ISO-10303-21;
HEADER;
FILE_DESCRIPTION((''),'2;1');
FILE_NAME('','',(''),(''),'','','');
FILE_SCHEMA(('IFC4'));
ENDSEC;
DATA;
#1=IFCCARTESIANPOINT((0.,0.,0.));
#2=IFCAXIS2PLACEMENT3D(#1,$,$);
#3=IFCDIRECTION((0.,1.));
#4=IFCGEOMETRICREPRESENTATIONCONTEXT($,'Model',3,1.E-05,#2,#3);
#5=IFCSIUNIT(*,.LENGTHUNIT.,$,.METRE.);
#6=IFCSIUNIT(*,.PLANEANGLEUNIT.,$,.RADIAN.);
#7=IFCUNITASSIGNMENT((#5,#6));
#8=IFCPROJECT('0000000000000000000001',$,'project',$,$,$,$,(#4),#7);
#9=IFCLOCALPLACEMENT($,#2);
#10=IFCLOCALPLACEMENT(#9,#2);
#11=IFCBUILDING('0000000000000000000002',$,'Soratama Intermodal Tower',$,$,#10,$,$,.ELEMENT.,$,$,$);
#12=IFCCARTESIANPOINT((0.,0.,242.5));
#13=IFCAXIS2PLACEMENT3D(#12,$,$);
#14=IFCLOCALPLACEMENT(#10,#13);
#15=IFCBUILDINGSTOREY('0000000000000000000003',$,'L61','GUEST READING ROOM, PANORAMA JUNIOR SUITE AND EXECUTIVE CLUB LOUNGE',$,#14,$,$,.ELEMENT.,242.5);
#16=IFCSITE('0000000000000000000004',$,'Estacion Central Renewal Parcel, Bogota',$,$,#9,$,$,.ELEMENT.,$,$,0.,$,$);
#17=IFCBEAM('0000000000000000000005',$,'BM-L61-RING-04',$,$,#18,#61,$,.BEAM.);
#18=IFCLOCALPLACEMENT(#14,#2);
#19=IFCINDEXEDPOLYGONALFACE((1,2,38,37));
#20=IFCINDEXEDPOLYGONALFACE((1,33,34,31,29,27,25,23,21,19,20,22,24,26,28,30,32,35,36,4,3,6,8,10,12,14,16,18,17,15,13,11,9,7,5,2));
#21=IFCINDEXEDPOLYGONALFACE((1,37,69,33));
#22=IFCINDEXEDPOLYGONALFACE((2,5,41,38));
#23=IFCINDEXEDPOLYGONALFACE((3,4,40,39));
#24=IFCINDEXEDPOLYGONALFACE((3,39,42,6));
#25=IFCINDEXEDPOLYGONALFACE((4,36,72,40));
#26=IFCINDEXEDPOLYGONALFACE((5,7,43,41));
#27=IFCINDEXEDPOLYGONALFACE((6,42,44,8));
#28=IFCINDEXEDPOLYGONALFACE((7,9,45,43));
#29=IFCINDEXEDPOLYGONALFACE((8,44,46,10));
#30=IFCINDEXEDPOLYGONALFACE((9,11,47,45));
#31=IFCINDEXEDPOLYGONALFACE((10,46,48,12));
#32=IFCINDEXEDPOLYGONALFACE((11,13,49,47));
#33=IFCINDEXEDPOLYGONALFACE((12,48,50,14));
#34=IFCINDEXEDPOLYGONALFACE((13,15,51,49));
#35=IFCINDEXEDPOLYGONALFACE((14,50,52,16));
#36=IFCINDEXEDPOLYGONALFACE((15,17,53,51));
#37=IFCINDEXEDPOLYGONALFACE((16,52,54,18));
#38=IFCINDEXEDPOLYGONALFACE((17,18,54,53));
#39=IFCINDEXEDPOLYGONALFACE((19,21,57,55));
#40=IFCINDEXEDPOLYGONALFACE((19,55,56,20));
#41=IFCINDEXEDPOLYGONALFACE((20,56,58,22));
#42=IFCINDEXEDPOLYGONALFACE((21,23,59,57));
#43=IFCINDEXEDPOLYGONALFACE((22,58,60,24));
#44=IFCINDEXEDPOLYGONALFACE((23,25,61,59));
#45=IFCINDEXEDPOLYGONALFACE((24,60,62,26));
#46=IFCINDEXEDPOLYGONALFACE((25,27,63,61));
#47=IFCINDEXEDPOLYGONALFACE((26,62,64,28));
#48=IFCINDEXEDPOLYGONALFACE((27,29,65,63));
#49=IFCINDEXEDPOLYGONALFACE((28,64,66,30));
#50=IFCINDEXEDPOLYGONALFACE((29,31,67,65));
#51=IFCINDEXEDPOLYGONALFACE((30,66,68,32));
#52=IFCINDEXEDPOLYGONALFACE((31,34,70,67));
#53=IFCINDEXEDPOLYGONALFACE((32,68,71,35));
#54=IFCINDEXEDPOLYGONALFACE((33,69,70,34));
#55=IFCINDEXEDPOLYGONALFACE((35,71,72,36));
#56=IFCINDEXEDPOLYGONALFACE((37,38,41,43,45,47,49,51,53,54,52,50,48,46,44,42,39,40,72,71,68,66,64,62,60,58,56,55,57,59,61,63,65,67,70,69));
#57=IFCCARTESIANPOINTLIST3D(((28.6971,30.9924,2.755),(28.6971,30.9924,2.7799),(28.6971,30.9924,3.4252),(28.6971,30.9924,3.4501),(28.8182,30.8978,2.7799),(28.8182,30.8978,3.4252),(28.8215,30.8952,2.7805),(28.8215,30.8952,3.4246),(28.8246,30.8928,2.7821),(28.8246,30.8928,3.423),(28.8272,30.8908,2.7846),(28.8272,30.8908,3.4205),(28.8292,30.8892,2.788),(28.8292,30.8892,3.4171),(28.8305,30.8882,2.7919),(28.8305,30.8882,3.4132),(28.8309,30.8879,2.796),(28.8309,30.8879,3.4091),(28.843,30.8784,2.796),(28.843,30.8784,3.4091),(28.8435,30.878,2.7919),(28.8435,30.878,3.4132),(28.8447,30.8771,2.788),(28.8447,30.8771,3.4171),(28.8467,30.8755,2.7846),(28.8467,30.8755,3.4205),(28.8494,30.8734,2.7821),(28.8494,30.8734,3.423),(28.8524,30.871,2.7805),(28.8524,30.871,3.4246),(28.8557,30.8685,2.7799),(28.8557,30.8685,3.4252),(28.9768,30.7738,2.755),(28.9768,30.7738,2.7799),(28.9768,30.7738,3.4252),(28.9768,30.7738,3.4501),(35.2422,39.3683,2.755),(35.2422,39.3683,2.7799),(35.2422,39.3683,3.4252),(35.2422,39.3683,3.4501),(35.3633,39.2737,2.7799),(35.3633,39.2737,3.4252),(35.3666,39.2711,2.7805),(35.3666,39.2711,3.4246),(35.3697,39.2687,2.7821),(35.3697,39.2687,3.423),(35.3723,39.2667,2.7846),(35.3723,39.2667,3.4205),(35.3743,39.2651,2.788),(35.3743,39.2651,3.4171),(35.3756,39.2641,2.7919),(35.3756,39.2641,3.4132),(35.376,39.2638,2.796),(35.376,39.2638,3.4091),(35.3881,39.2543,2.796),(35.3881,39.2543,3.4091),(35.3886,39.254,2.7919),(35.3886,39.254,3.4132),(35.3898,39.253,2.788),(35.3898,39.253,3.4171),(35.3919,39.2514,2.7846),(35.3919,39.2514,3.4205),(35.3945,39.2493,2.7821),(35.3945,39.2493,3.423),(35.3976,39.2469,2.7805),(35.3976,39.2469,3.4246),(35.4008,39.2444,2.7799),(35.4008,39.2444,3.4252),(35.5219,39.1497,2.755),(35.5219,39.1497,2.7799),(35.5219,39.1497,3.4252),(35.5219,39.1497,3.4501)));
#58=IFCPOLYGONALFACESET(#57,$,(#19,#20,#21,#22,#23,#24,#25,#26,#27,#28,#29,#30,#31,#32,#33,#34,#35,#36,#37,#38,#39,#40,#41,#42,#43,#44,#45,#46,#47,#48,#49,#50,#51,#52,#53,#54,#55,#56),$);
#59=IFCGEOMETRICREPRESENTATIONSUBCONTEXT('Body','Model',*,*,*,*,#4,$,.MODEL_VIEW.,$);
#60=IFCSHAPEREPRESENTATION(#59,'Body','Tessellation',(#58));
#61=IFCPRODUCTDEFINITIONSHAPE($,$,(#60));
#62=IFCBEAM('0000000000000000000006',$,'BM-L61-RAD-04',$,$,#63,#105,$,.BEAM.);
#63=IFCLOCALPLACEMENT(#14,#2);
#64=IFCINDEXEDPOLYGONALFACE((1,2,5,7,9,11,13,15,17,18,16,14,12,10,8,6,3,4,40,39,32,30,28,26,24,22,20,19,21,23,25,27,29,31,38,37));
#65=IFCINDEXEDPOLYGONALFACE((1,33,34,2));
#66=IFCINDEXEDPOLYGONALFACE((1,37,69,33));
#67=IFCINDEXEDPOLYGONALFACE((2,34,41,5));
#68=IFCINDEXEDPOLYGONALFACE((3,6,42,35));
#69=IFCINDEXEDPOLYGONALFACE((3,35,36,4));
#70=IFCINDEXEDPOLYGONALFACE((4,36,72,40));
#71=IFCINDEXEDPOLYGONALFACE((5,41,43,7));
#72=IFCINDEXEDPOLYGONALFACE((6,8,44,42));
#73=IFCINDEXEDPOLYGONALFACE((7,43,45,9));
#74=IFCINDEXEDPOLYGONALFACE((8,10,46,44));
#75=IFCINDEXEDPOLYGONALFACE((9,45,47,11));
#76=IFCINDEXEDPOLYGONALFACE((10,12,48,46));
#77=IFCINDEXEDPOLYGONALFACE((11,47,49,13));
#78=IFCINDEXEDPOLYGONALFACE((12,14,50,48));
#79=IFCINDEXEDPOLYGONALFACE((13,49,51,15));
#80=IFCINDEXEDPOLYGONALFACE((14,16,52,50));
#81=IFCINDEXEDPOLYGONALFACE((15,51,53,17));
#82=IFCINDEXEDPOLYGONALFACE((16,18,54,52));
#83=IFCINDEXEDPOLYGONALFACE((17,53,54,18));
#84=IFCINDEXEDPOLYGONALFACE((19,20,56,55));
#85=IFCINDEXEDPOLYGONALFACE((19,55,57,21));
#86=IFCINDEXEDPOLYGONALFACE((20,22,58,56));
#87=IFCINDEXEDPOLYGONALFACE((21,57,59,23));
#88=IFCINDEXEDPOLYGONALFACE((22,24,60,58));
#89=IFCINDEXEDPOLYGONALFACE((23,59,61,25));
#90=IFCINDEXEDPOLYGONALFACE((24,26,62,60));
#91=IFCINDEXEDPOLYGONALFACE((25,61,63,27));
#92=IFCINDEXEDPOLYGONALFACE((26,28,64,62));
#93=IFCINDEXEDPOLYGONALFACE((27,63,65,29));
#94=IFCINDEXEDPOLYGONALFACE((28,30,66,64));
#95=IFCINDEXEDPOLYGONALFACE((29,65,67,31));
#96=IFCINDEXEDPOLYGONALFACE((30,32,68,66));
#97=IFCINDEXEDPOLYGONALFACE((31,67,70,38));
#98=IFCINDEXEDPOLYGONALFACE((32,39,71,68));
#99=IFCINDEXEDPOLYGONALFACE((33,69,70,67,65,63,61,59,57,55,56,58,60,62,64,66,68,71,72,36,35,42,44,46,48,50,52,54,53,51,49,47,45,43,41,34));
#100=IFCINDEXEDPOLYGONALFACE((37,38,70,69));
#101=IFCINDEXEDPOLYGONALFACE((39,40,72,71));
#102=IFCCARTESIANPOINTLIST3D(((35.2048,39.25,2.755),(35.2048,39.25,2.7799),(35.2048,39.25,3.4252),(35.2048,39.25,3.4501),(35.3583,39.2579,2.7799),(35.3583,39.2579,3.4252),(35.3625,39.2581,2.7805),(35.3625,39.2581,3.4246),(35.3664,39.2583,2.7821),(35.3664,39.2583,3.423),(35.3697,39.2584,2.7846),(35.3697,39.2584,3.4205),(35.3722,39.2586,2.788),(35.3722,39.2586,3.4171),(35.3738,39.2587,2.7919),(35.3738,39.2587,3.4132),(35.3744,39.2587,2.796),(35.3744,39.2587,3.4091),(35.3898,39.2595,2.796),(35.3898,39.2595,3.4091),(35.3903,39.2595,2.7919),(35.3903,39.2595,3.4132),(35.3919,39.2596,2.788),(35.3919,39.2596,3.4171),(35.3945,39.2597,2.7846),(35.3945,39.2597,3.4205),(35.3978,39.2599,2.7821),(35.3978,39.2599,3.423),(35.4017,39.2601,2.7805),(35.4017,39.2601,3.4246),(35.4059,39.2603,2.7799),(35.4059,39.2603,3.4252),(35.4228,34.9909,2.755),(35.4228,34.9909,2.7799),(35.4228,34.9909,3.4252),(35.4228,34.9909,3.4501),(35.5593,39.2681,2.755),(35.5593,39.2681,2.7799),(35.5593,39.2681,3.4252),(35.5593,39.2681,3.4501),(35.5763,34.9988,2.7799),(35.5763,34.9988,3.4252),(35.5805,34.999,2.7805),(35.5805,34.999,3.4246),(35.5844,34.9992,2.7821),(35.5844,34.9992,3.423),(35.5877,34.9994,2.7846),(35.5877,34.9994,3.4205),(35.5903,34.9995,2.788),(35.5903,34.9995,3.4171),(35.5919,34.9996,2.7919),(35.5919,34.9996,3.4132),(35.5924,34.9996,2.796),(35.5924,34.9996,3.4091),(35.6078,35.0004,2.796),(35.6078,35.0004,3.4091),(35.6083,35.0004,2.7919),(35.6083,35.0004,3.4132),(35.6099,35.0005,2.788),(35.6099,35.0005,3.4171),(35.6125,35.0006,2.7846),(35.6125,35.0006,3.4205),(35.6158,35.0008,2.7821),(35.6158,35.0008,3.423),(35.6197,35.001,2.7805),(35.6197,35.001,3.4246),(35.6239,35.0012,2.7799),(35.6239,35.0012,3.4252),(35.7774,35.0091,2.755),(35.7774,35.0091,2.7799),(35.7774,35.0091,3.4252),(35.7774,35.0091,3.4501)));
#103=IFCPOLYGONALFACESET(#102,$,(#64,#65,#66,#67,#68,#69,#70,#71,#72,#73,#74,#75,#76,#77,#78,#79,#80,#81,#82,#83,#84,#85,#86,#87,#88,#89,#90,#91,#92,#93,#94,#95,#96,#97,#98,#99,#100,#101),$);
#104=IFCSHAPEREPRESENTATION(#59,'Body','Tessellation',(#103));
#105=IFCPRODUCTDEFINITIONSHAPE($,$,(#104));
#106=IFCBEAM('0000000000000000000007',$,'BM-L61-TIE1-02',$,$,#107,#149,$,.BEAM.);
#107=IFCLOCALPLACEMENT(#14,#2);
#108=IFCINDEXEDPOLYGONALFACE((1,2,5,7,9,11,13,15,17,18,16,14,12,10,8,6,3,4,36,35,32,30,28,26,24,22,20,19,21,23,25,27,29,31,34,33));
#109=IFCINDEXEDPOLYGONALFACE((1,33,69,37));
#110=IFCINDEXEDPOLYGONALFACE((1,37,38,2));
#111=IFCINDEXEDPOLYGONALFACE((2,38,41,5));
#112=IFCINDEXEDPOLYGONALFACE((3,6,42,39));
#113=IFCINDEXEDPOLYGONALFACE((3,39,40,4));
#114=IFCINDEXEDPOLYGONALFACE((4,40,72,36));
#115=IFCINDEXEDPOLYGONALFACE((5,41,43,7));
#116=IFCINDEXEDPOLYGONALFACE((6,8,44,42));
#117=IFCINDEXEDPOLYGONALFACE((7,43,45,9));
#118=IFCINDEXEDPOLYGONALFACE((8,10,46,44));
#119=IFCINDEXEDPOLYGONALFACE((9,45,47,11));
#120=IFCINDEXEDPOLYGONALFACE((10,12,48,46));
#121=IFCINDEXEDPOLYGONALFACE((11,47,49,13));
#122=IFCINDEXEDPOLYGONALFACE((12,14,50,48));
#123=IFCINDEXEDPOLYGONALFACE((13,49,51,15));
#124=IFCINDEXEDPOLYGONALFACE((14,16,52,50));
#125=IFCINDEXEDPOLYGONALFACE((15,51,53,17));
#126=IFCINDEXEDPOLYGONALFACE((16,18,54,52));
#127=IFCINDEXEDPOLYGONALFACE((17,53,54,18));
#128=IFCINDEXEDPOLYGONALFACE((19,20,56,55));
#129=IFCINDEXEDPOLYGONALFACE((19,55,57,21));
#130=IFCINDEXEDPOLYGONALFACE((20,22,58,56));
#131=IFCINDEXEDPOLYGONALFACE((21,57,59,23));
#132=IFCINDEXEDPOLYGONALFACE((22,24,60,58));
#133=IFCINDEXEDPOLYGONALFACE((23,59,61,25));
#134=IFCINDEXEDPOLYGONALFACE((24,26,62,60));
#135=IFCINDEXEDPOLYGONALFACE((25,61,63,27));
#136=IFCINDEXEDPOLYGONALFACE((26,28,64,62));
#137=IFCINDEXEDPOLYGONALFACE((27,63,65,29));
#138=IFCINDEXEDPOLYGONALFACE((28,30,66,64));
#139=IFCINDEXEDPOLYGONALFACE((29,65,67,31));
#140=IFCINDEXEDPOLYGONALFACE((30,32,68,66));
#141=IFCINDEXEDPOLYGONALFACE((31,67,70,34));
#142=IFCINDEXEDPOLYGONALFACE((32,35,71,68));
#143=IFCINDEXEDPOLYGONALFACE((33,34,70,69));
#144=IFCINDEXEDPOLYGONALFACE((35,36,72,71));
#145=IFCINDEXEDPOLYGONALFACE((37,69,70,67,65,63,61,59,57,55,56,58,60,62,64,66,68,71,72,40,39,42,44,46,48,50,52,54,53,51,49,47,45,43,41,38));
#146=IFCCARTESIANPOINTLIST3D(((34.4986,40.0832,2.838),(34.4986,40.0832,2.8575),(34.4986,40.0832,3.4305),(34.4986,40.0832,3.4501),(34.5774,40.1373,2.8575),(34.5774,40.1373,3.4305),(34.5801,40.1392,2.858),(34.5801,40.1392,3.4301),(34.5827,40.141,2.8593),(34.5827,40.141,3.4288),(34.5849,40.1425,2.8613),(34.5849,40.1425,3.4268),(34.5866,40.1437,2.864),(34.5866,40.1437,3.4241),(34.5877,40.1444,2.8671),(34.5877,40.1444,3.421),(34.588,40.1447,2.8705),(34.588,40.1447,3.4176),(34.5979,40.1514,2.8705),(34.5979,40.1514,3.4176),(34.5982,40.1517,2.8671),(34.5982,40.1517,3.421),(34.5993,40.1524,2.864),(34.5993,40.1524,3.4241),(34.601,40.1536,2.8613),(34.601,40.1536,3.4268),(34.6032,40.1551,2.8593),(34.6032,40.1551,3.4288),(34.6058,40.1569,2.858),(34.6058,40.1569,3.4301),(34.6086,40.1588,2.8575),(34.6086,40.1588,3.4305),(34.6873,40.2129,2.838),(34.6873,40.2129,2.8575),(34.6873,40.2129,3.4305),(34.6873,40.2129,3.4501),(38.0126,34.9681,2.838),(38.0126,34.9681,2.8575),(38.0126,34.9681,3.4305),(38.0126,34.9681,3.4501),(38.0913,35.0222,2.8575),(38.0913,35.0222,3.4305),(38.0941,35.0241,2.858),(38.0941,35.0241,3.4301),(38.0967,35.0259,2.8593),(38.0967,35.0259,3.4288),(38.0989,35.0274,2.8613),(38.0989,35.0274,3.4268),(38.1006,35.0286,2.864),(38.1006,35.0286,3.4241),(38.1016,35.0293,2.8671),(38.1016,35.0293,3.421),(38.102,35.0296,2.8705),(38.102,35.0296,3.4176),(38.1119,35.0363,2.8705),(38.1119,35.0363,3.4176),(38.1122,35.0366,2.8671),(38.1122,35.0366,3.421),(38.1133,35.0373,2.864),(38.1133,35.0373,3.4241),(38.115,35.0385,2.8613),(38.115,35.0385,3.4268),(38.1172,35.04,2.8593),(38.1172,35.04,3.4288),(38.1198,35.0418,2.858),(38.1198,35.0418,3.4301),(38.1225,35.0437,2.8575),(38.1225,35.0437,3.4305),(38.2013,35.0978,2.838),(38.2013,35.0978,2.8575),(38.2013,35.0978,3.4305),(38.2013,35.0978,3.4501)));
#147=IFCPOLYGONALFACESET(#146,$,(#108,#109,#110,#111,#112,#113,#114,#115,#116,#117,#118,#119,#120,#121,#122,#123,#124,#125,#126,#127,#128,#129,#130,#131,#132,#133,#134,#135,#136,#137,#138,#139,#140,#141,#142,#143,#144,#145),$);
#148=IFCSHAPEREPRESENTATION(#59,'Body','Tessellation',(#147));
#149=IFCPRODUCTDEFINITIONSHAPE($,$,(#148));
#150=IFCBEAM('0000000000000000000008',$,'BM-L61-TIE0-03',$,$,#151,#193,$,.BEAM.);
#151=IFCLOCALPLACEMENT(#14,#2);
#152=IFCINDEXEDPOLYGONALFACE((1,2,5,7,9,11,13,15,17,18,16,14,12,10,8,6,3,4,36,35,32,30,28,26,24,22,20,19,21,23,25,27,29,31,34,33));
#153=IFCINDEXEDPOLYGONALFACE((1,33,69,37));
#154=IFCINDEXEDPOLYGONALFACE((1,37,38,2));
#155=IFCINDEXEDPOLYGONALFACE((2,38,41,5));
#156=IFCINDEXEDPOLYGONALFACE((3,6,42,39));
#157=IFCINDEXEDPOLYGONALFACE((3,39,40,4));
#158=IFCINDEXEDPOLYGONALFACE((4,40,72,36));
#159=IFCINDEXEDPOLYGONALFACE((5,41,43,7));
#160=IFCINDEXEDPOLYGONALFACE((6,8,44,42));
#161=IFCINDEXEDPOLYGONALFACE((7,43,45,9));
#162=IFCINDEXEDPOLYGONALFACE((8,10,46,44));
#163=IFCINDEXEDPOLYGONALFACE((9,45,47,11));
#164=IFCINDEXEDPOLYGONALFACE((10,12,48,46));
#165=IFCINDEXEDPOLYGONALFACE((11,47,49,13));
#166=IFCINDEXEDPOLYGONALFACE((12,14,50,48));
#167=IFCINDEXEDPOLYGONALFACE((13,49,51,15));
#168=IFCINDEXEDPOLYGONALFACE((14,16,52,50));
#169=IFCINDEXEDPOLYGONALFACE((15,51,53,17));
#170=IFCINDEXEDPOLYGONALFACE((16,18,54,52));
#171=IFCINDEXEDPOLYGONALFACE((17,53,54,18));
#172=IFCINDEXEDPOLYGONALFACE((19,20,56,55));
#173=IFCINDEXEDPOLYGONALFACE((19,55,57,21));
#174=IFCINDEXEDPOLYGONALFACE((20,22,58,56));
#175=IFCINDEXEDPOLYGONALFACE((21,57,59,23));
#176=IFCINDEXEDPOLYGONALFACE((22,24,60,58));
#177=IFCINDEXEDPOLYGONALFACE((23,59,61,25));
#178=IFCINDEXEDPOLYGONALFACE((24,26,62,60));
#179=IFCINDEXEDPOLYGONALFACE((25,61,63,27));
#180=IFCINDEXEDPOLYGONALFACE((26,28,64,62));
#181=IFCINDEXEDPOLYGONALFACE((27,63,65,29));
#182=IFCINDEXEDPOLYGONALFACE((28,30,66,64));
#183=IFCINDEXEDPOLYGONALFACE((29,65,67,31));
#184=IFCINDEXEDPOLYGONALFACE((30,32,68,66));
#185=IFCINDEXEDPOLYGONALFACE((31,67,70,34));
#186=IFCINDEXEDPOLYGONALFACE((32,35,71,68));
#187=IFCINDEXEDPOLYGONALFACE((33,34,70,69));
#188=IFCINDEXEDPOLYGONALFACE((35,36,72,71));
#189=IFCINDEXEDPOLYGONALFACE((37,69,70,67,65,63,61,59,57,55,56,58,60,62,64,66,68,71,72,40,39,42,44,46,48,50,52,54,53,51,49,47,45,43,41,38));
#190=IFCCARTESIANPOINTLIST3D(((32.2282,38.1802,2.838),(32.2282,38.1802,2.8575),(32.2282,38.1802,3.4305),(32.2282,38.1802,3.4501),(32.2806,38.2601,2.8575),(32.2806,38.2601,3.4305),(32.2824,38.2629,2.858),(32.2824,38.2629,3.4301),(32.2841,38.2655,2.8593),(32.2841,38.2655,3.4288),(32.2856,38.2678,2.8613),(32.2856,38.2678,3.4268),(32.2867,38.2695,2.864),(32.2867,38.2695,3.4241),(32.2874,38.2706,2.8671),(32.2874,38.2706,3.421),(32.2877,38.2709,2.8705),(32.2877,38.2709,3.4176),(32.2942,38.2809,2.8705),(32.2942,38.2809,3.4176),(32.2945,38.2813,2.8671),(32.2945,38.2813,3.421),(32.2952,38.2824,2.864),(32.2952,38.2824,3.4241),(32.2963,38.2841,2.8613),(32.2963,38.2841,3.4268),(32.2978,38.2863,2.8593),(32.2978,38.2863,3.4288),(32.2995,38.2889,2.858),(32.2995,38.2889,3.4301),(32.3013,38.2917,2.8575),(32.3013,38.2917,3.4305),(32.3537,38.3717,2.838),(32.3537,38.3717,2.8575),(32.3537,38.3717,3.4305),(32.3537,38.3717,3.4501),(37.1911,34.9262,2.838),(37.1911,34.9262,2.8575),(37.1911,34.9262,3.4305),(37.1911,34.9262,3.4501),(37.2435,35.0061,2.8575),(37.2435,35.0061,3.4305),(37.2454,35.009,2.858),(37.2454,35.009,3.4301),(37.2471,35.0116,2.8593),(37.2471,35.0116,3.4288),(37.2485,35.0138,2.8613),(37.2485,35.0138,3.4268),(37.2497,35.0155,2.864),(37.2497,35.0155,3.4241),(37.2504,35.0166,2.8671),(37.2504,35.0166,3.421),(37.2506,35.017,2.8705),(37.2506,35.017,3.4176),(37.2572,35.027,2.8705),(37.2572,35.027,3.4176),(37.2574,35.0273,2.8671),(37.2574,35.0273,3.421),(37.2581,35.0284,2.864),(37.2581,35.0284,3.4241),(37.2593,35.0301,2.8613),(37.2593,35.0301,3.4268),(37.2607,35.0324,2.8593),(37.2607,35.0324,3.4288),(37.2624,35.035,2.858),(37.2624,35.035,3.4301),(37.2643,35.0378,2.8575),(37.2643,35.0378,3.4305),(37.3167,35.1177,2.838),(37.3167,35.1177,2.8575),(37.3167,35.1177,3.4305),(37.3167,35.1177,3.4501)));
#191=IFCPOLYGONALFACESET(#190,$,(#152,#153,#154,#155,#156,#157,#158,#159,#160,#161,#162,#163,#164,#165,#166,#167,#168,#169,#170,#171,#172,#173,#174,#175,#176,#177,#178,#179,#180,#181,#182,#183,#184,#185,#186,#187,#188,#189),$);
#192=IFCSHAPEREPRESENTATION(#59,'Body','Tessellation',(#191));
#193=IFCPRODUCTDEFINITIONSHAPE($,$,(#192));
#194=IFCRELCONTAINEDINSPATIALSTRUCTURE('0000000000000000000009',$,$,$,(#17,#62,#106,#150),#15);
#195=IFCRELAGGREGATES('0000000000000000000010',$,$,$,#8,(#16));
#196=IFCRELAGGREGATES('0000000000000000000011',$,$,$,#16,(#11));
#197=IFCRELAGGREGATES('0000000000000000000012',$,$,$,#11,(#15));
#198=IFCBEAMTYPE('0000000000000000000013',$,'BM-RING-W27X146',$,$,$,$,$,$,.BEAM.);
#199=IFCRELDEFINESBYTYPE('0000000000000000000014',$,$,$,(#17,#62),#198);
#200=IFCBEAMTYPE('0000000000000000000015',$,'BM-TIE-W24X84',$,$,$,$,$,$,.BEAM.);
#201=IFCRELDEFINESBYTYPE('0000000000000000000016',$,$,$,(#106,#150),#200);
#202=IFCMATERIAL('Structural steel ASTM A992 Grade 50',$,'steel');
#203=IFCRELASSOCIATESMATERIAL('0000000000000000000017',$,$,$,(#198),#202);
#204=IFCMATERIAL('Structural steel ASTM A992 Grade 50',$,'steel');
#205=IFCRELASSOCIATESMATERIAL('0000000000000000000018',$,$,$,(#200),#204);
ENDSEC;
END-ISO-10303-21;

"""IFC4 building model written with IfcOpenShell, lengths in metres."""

from ifc_helpers import new_model, si_unit, direction, frame, origin, origin_2d, place, context, subcontext, project, spatial, i_section, extrude, material, material_profile, profile_set, type_object, element, save


model = new_model("IFC4")

# Units and contexts
model_context = context("Model", 3, precision=1e-05, world=origin(), true_north=direction((0.0, 1.0)))
body_context = subcontext(model_context, "Body", "Model", "MODEL_VIEW")
ifc_project = project(units=[si_unit("LENGTHUNIT", "METRE"), si_unit("PLANEANGLEUNIT", "RADIAN")], contexts=[model_context])

# Site, building, storey
site_placement = place(None, origin())
site = spatial("IfcSite", under=ifc_project, at=site_placement, Name="Estacion Central Renewal Parcel, Bogota", CompositionType="ELEMENT", RefElevation=0.0)
building_placement = place(site_placement, origin())
building = spatial("IfcBuilding", under=site, at=building_placement, Name="Soratama Intermodal Tower", CompositionType="ELEMENT")
storey_placement = place(building_placement, frame((0.0, 0.0, 242.5)))
storey = spatial("IfcBuildingStorey", under=building, at=storey_placement, Name="L61", Description="GUEST READING ROOM, PANORAMA JUNIOR SUITE AND EXECUTIVE CLUB LOUNGE", CompositionType="ELEMENT", Elevation=242.5)

# Beams
ifc_material_1 = material(Name="Structural steel ASTM A992 Grade 50", Category="steel")
ifc_material_profile_1 = material_profile(ifc_material_1, i_section(OverallWidth=0.355, OverallDepth=0.6951, WebThickness=0.0154, FlangeThickness=0.0249, FilletRadius=0.0161, at=origin_2d()), Name="W27X146")
ifc_profile_set_1 = profile_set([ifc_material_profile_1], Name="Structural steel ASTM A992 Grade 50")
beam_type_1 = type_object("IfcBeamType", Name="BM-RING-W27X146", PredefinedType="BEAM", material=ifc_profile_set_1)
beam_1_placement = place(storey_placement, frame((35.3821, 39.259, 3.1025), z_axis=(-0.615728, -0.787959, 0.0), x_axis=(0.787959, -0.615728, 0.0)))
element("IfcBeam", 1, at=beam_1_placement, inside=storey, type_object=beam_type_1, Name="BM-L61-RING-04", PredefinedType="BEAM", context=body_context, shape_type="SweptSolid", body=[
    extrude(i_section(OverallWidth=0.355, OverallDepth=0.6951, WebThickness=0.0154, FlangeThickness=0.0249, FilletRadius=0.0161, at=origin_2d()), origin(), (0.0, 0.0, 1.0), 10.6299),
])
beam_2_placement = place(storey_placement, frame((35.6001, 35.0, 3.1025), z_axis=(-0.051123, 0.998692, 0.0), x_axis=(-0.998692, -0.051123, 0.0)))
element("IfcBeam", 2, at=beam_2_placement, inside=storey, type_object=beam_type_1, Name="BM-L61-RAD-04", PredefinedType="BEAM", context=body_context, shape_type="SweptSolid", body=[
    extrude(i_section(OverallWidth=0.355, OverallDepth=0.6951, WebThickness=0.0154, FlangeThickness=0.0249, FilletRadius=0.0161, at=origin_2d()), origin(), (0.0, 0.0, 1.0), 4.2646),
])
ifc_material_2 = material(Name="Structural steel ASTM A992 Grade 50", Category="steel")
ifc_material_profile_2 = material_profile(ifc_material_2, i_section(OverallWidth=0.229, OverallDepth=0.6121, WebThickness=0.012, FlangeThickness=0.0195, FilletRadius=0.0129, at=origin_2d()), Name="W24X84")
ifc_profile_set_2 = profile_set([ifc_material_profile_2], Name="Structural steel ASTM A992 Grade 50")
beam_type_2 = type_object("IfcBeamType", Name="BM-TIE-W24X84", PredefinedType="BEAM", material=ifc_profile_set_2)
beam_3_placement = place(storey_placement, frame((38.1069, 35.033, 3.144), z_axis=(-0.56624, 0.82424, 0.0), x_axis=(-0.82424, -0.56624, 0.0)))
element("IfcBeam", 3, at=beam_3_placement, inside=storey, type_object=beam_type_2, Name="BM-L61-TIE1-02", PredefinedType="BEAM", context=body_context, shape_type="SweptSolid", body=[
    extrude(i_section(OverallWidth=0.229, OverallDepth=0.6121, WebThickness=0.012, FlangeThickness=0.0195, FilletRadius=0.0129, at=origin_2d()), origin(), (0.0, 0.0, 1.0), 6.2058),
])
beam_4_placement = place(storey_placement, frame((37.2539, 35.022, 3.144), z_axis=(-0.836279, 0.548304, 0.0), x_axis=(-0.548304, -0.836279, 0.0)))
element("IfcBeam", 4, at=beam_4_placement, inside=storey, type_object=beam_type_2, Name="BM-L61-TIE0-03", PredefinedType="BEAM", context=body_context, shape_type="SweptSolid", body=[
    extrude(i_section(OverallWidth=0.229, OverallDepth=0.6121, WebThickness=0.012, FlangeThickness=0.0195, FilletRadius=0.0129, at=origin_2d()), origin(), (0.0, 0.0, 1.0), 5.9346),
])

save(model, "model.ifc")
